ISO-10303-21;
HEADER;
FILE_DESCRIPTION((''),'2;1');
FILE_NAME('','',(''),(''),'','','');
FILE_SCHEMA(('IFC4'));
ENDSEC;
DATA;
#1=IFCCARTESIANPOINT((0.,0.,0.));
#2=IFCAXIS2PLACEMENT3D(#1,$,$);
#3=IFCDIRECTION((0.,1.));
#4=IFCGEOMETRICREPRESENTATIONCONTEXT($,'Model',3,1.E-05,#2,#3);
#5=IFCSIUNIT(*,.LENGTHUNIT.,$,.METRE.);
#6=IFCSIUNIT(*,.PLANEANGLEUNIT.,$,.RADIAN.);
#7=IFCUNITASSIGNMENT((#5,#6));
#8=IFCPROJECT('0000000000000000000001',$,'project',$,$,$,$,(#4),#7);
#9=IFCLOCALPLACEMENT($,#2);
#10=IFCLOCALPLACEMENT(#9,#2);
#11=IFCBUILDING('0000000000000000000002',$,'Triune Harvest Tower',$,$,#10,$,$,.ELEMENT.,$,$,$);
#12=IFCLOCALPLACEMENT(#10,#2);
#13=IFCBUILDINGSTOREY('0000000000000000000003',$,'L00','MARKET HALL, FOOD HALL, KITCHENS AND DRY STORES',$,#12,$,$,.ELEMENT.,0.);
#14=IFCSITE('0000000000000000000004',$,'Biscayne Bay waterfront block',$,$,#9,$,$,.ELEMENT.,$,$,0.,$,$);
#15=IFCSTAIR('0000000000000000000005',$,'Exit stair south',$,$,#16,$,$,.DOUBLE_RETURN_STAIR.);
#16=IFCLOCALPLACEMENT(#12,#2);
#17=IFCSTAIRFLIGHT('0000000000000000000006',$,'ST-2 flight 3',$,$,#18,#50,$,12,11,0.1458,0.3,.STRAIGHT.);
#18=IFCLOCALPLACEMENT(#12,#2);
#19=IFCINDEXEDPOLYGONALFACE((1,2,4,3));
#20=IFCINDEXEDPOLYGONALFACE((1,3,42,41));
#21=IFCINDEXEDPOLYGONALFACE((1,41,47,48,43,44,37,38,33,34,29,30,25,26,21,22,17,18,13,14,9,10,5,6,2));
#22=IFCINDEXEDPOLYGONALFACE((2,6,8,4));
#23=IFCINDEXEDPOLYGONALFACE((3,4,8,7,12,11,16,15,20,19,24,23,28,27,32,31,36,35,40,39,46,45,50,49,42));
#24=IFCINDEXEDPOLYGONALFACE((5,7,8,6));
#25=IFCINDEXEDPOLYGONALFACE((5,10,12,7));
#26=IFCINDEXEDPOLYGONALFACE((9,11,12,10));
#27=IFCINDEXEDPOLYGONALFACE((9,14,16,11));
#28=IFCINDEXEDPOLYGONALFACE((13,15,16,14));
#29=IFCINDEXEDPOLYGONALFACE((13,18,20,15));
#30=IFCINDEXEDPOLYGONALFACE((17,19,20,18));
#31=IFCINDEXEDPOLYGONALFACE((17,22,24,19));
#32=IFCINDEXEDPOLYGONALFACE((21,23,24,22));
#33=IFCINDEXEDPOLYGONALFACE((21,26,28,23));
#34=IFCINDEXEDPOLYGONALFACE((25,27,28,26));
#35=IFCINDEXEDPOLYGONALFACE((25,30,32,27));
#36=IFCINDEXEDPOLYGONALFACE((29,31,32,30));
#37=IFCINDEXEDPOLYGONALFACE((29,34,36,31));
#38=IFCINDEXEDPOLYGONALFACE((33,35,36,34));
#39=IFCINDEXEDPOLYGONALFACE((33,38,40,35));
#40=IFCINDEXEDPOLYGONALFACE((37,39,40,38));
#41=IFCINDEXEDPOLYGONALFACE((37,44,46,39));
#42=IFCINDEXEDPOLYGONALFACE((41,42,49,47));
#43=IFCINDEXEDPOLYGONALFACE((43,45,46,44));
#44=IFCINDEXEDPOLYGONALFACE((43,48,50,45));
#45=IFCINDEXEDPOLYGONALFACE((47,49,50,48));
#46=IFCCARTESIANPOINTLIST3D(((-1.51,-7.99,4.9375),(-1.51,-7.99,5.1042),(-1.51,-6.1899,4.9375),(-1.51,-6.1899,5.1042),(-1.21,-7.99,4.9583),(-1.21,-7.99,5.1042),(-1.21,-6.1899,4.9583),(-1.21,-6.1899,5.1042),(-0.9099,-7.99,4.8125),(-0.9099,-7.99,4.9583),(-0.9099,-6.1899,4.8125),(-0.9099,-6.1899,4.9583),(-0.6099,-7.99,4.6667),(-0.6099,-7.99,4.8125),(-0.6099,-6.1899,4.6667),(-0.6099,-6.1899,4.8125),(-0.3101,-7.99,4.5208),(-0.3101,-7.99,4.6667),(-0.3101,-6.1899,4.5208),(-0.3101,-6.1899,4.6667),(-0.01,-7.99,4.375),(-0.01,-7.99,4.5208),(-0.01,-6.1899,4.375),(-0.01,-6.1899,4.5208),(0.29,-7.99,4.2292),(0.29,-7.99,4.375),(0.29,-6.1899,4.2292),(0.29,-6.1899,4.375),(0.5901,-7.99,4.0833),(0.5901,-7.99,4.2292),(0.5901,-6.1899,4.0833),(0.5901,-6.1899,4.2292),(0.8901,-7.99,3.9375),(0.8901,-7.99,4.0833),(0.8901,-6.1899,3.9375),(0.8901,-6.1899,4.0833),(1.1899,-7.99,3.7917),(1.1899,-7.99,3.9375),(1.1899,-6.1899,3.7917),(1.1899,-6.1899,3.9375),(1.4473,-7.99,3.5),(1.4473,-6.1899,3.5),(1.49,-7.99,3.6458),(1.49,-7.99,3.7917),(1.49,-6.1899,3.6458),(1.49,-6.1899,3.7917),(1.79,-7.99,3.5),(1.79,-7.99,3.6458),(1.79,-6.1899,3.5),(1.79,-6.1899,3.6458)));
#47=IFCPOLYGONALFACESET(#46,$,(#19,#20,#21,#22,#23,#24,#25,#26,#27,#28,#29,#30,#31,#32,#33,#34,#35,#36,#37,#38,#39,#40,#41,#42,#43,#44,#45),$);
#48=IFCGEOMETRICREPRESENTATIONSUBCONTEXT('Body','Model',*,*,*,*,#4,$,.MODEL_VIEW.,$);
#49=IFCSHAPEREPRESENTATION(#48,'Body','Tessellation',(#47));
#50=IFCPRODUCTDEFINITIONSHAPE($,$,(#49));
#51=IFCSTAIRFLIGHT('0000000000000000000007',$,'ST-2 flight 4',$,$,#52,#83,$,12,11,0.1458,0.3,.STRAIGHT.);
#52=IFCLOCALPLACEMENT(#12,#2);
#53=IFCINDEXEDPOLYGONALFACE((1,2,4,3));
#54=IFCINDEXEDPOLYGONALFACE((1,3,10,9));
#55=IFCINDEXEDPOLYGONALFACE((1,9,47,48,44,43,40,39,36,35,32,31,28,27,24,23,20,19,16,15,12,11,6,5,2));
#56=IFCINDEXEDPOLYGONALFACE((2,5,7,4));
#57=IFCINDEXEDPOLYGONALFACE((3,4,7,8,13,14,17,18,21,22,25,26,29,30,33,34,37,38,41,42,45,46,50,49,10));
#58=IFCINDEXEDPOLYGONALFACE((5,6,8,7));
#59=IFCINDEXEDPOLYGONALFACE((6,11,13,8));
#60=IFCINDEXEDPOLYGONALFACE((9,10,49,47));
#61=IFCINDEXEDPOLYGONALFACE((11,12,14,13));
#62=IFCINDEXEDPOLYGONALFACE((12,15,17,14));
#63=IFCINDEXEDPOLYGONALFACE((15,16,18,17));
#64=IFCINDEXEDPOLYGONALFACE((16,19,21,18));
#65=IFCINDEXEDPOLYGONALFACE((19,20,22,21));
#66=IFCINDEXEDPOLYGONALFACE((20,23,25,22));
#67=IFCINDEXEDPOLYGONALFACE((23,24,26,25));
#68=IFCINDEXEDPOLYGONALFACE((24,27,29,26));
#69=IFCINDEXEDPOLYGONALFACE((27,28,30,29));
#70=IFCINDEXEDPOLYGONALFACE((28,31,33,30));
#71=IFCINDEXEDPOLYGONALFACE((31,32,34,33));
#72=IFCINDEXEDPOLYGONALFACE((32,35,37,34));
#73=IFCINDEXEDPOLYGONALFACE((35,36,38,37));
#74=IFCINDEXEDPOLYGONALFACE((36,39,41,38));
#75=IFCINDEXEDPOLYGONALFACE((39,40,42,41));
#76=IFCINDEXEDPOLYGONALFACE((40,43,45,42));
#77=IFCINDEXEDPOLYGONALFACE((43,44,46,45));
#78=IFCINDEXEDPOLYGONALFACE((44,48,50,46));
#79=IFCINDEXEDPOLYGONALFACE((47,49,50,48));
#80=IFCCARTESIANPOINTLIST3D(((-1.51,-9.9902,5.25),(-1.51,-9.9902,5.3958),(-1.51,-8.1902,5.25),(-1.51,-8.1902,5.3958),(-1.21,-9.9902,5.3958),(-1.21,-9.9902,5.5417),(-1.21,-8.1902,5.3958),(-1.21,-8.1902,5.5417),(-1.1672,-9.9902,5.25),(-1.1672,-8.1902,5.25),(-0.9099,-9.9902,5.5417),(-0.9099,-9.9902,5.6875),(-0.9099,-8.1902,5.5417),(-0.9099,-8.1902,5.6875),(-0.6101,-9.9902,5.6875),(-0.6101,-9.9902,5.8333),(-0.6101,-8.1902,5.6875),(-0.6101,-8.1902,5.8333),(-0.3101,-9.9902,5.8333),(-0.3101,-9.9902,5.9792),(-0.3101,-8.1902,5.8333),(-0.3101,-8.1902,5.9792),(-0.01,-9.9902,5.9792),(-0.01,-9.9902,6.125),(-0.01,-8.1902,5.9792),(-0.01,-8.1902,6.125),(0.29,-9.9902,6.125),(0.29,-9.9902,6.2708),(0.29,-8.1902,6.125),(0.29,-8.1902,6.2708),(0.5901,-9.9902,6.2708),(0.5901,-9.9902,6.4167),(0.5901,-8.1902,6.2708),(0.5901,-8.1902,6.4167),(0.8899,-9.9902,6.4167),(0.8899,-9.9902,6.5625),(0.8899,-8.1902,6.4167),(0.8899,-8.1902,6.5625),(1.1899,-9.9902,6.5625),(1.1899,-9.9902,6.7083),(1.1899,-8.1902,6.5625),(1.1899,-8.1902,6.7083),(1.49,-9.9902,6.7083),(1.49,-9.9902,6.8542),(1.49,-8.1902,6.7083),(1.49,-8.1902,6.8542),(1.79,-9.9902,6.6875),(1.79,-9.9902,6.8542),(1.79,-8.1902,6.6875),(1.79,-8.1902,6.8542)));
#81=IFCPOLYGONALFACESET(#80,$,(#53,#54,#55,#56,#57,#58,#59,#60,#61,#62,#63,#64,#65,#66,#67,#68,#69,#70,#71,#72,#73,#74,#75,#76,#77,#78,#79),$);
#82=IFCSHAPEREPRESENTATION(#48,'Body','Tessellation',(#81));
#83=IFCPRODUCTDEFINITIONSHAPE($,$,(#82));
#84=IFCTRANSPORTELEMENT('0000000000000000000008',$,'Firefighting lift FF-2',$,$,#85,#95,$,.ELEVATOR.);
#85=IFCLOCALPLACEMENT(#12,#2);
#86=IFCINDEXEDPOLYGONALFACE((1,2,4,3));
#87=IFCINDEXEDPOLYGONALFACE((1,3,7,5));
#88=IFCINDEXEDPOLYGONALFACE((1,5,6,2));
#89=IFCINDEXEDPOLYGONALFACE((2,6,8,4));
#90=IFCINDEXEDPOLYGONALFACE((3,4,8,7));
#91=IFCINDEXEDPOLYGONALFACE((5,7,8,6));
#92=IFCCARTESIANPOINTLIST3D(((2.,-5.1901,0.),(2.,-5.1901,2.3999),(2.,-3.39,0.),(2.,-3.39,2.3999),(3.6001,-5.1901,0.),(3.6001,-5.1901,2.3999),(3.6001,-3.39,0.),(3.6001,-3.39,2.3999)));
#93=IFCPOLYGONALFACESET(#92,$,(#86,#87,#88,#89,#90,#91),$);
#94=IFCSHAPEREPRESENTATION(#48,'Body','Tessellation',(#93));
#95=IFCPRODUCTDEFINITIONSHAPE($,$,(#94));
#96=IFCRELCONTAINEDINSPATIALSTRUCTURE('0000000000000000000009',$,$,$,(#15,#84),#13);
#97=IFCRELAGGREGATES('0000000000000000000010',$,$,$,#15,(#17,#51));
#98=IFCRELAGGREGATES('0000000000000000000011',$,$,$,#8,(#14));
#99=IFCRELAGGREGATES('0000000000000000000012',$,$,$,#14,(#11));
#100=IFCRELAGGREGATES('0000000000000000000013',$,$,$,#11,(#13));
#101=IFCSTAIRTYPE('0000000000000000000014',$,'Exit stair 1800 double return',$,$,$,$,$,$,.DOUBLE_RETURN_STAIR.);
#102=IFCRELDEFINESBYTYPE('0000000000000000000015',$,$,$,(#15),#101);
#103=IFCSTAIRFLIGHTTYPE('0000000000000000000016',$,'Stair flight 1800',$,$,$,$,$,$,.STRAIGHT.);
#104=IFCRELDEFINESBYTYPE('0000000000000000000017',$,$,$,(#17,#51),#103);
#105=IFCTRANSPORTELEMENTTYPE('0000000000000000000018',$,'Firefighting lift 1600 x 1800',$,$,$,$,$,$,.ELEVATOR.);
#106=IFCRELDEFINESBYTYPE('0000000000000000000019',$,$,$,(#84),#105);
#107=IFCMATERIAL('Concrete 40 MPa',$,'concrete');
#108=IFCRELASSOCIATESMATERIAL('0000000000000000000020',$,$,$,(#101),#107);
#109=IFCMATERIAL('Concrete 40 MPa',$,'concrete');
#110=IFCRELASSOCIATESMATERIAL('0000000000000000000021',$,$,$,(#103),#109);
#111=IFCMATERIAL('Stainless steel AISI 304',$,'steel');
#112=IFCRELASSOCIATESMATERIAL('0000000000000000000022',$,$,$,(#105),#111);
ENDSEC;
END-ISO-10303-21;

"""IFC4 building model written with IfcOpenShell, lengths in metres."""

from ifc_helpers import new_model, si_unit, direction, frame, origin, origin_2d, place, context, subcontext, project, spatial, polyline, rectangle, outline, extrude, source, transform, mapped, material, type_object, element, aggregate, save


model = new_model("IFC4")

# Units and contexts
model_context = context("Model", 3, precision=1e-05, world=origin(), true_north=direction((0.0, 1.0)))
body_context = subcontext(model_context, "Body", "Model", "MODEL_VIEW")
ifc_project = project(units=[si_unit("LENGTHUNIT", "METRE"), si_unit("PLANEANGLEUNIT", "RADIAN")], contexts=[model_context])

# Site, building, storey
site_placement = place(None, origin())
site = spatial("IfcSite", under=ifc_project, at=site_placement, Name="Biscayne Bay waterfront block", CompositionType="ELEMENT", RefElevation=0.0)
building_placement = place(site_placement, origin())
building = spatial("IfcBuilding", under=site, at=building_placement, Name="Triune Harvest Tower", CompositionType="ELEMENT")
storey_placement = place(building_placement, origin())
storey = spatial("IfcBuildingStorey", under=building, at=storey_placement, Name="L00", Description="MARKET HALL, FOOD HALL, KITCHENS AND DRY STORES", CompositionType="ELEMENT", Elevation=0.0)

# Stair, stair flights
ifc_material_1 = material(Name="Concrete 40 MPa", Category="concrete")
stair_type = type_object("IfcStairType", Name="Exit stair 1800 double return", PredefinedType="DOUBLE_RETURN_STAIR", material=ifc_material_1)
stair_placement = place(storey_placement, origin())
stair = element("IfcStair", 1, at=stair_placement, inside=storey, type_object=stair_type, Name="Exit stair south", PredefinedType="DOUBLE_RETURN_STAIR")
ifc_material_2 = material(Name="Concrete 40 MPa", Category="concrete")
stair_flight_type = type_object("IfcStairFlightType", Name="Stair flight 1800", PredefinedType="STRAIGHT", material=ifc_material_2)
shared_shape_1 = source(origin(), body_context, "Body", "SweptSolid", [
    extrude(outline(polyline([(0.0, 0.0), (0.0, 0.1458), (0.3, 0.1458), (0.3, 0.2917), (0.6001, 0.2917), (0.6001, 0.4375), (0.8999, 0.4375), (0.8999, 0.5833), (1.2, 0.5833), (1.2, 0.7292), (1.5, 0.7292), (1.5, 0.875), (1.8, 0.875), (1.8, 1.0208), (2.1001, 1.0208), (2.1001, 1.1667), (2.3999, 1.1667), (2.3999, 1.3125), (2.7, 1.3125), (2.7, 1.4583), (3.0, 1.4583), (3.0, 1.6042), (3.3, 1.6042), (3.3, 1.75), (3.3, 1.4375), (0.3428, 0.0), (0.0, 0.0)])), frame((0.0, 0.8999, 0.0), z_axis=(0.0, -1.0, 0.0), x_axis=(1.0, 0.0, 0.0)), (0.0, 0.0, 1.0), 1.8),
])
stair_flight_1_placement = place(storey_placement, frame((1.79, -7.0901, 3.5), z_axis=(0.0, 0.0, 1.0), x_axis=(-1.0, 0.0, 0.0)))
stair_flight_1 = element("IfcStairFlight", 2, at=stair_flight_1_placement, type_object=stair_flight_type, Name="ST-2 flight 3", NumberOfRisers=12, NumberOfTreads=11, PredefinedType="STRAIGHT", RiserHeight=0.1458, TreadLength=0.3, context=body_context, shape_type="MappedRepresentation", body=[
    mapped(shared_shape_1, transform((0.0, 0.0, 0.0), scale=1.0)),
])
stair_flight_2_placement = place(storey_placement, frame((-1.51, -9.0901, 5.25), z_axis=(0.0, 0.0, 1.0), x_axis=(1.0, 0.0, 0.0)))
stair_flight_2 = element("IfcStairFlight", 3, at=stair_flight_2_placement, type_object=stair_flight_type, Name="ST-2 flight 4", NumberOfRisers=12, NumberOfTreads=11, PredefinedType="STRAIGHT", RiserHeight=0.1458, TreadLength=0.3, context=body_context, shape_type="MappedRepresentation", body=[
    mapped(shared_shape_1, transform((0.0, 0.0, 0.0), scale=1.0)),
])
aggregate(stair, [stair_flight_1, stair_flight_2])

# Transport element
ifc_material_3 = material(Name="Stainless steel AISI 304", Category="steel")
transport_element_type = type_object("IfcTransportElementType", Name="Firefighting lift 1600 x 1800", PredefinedType="ELEVATOR", material=ifc_material_3)
transport_element_placement = place(storey_placement, frame((2.8, -4.29, 0.0), z_axis=(0.0, 0.0, 1.0), x_axis=(1.0, 0.0, 0.0)))
element("IfcTransportElement", 4, at=transport_element_placement, inside=storey, type_object=transport_element_type, Name="Firefighting lift FF-2", PredefinedType="ELEVATOR", context=body_context, shape_type="SweptSolid", body=[
    extrude(rectangle(XDim=1.6001, YDim=1.8, at=origin_2d()), origin(), (0.0, 0.0, 1.0), 2.3999),
])

save(model, "model.ifc")
